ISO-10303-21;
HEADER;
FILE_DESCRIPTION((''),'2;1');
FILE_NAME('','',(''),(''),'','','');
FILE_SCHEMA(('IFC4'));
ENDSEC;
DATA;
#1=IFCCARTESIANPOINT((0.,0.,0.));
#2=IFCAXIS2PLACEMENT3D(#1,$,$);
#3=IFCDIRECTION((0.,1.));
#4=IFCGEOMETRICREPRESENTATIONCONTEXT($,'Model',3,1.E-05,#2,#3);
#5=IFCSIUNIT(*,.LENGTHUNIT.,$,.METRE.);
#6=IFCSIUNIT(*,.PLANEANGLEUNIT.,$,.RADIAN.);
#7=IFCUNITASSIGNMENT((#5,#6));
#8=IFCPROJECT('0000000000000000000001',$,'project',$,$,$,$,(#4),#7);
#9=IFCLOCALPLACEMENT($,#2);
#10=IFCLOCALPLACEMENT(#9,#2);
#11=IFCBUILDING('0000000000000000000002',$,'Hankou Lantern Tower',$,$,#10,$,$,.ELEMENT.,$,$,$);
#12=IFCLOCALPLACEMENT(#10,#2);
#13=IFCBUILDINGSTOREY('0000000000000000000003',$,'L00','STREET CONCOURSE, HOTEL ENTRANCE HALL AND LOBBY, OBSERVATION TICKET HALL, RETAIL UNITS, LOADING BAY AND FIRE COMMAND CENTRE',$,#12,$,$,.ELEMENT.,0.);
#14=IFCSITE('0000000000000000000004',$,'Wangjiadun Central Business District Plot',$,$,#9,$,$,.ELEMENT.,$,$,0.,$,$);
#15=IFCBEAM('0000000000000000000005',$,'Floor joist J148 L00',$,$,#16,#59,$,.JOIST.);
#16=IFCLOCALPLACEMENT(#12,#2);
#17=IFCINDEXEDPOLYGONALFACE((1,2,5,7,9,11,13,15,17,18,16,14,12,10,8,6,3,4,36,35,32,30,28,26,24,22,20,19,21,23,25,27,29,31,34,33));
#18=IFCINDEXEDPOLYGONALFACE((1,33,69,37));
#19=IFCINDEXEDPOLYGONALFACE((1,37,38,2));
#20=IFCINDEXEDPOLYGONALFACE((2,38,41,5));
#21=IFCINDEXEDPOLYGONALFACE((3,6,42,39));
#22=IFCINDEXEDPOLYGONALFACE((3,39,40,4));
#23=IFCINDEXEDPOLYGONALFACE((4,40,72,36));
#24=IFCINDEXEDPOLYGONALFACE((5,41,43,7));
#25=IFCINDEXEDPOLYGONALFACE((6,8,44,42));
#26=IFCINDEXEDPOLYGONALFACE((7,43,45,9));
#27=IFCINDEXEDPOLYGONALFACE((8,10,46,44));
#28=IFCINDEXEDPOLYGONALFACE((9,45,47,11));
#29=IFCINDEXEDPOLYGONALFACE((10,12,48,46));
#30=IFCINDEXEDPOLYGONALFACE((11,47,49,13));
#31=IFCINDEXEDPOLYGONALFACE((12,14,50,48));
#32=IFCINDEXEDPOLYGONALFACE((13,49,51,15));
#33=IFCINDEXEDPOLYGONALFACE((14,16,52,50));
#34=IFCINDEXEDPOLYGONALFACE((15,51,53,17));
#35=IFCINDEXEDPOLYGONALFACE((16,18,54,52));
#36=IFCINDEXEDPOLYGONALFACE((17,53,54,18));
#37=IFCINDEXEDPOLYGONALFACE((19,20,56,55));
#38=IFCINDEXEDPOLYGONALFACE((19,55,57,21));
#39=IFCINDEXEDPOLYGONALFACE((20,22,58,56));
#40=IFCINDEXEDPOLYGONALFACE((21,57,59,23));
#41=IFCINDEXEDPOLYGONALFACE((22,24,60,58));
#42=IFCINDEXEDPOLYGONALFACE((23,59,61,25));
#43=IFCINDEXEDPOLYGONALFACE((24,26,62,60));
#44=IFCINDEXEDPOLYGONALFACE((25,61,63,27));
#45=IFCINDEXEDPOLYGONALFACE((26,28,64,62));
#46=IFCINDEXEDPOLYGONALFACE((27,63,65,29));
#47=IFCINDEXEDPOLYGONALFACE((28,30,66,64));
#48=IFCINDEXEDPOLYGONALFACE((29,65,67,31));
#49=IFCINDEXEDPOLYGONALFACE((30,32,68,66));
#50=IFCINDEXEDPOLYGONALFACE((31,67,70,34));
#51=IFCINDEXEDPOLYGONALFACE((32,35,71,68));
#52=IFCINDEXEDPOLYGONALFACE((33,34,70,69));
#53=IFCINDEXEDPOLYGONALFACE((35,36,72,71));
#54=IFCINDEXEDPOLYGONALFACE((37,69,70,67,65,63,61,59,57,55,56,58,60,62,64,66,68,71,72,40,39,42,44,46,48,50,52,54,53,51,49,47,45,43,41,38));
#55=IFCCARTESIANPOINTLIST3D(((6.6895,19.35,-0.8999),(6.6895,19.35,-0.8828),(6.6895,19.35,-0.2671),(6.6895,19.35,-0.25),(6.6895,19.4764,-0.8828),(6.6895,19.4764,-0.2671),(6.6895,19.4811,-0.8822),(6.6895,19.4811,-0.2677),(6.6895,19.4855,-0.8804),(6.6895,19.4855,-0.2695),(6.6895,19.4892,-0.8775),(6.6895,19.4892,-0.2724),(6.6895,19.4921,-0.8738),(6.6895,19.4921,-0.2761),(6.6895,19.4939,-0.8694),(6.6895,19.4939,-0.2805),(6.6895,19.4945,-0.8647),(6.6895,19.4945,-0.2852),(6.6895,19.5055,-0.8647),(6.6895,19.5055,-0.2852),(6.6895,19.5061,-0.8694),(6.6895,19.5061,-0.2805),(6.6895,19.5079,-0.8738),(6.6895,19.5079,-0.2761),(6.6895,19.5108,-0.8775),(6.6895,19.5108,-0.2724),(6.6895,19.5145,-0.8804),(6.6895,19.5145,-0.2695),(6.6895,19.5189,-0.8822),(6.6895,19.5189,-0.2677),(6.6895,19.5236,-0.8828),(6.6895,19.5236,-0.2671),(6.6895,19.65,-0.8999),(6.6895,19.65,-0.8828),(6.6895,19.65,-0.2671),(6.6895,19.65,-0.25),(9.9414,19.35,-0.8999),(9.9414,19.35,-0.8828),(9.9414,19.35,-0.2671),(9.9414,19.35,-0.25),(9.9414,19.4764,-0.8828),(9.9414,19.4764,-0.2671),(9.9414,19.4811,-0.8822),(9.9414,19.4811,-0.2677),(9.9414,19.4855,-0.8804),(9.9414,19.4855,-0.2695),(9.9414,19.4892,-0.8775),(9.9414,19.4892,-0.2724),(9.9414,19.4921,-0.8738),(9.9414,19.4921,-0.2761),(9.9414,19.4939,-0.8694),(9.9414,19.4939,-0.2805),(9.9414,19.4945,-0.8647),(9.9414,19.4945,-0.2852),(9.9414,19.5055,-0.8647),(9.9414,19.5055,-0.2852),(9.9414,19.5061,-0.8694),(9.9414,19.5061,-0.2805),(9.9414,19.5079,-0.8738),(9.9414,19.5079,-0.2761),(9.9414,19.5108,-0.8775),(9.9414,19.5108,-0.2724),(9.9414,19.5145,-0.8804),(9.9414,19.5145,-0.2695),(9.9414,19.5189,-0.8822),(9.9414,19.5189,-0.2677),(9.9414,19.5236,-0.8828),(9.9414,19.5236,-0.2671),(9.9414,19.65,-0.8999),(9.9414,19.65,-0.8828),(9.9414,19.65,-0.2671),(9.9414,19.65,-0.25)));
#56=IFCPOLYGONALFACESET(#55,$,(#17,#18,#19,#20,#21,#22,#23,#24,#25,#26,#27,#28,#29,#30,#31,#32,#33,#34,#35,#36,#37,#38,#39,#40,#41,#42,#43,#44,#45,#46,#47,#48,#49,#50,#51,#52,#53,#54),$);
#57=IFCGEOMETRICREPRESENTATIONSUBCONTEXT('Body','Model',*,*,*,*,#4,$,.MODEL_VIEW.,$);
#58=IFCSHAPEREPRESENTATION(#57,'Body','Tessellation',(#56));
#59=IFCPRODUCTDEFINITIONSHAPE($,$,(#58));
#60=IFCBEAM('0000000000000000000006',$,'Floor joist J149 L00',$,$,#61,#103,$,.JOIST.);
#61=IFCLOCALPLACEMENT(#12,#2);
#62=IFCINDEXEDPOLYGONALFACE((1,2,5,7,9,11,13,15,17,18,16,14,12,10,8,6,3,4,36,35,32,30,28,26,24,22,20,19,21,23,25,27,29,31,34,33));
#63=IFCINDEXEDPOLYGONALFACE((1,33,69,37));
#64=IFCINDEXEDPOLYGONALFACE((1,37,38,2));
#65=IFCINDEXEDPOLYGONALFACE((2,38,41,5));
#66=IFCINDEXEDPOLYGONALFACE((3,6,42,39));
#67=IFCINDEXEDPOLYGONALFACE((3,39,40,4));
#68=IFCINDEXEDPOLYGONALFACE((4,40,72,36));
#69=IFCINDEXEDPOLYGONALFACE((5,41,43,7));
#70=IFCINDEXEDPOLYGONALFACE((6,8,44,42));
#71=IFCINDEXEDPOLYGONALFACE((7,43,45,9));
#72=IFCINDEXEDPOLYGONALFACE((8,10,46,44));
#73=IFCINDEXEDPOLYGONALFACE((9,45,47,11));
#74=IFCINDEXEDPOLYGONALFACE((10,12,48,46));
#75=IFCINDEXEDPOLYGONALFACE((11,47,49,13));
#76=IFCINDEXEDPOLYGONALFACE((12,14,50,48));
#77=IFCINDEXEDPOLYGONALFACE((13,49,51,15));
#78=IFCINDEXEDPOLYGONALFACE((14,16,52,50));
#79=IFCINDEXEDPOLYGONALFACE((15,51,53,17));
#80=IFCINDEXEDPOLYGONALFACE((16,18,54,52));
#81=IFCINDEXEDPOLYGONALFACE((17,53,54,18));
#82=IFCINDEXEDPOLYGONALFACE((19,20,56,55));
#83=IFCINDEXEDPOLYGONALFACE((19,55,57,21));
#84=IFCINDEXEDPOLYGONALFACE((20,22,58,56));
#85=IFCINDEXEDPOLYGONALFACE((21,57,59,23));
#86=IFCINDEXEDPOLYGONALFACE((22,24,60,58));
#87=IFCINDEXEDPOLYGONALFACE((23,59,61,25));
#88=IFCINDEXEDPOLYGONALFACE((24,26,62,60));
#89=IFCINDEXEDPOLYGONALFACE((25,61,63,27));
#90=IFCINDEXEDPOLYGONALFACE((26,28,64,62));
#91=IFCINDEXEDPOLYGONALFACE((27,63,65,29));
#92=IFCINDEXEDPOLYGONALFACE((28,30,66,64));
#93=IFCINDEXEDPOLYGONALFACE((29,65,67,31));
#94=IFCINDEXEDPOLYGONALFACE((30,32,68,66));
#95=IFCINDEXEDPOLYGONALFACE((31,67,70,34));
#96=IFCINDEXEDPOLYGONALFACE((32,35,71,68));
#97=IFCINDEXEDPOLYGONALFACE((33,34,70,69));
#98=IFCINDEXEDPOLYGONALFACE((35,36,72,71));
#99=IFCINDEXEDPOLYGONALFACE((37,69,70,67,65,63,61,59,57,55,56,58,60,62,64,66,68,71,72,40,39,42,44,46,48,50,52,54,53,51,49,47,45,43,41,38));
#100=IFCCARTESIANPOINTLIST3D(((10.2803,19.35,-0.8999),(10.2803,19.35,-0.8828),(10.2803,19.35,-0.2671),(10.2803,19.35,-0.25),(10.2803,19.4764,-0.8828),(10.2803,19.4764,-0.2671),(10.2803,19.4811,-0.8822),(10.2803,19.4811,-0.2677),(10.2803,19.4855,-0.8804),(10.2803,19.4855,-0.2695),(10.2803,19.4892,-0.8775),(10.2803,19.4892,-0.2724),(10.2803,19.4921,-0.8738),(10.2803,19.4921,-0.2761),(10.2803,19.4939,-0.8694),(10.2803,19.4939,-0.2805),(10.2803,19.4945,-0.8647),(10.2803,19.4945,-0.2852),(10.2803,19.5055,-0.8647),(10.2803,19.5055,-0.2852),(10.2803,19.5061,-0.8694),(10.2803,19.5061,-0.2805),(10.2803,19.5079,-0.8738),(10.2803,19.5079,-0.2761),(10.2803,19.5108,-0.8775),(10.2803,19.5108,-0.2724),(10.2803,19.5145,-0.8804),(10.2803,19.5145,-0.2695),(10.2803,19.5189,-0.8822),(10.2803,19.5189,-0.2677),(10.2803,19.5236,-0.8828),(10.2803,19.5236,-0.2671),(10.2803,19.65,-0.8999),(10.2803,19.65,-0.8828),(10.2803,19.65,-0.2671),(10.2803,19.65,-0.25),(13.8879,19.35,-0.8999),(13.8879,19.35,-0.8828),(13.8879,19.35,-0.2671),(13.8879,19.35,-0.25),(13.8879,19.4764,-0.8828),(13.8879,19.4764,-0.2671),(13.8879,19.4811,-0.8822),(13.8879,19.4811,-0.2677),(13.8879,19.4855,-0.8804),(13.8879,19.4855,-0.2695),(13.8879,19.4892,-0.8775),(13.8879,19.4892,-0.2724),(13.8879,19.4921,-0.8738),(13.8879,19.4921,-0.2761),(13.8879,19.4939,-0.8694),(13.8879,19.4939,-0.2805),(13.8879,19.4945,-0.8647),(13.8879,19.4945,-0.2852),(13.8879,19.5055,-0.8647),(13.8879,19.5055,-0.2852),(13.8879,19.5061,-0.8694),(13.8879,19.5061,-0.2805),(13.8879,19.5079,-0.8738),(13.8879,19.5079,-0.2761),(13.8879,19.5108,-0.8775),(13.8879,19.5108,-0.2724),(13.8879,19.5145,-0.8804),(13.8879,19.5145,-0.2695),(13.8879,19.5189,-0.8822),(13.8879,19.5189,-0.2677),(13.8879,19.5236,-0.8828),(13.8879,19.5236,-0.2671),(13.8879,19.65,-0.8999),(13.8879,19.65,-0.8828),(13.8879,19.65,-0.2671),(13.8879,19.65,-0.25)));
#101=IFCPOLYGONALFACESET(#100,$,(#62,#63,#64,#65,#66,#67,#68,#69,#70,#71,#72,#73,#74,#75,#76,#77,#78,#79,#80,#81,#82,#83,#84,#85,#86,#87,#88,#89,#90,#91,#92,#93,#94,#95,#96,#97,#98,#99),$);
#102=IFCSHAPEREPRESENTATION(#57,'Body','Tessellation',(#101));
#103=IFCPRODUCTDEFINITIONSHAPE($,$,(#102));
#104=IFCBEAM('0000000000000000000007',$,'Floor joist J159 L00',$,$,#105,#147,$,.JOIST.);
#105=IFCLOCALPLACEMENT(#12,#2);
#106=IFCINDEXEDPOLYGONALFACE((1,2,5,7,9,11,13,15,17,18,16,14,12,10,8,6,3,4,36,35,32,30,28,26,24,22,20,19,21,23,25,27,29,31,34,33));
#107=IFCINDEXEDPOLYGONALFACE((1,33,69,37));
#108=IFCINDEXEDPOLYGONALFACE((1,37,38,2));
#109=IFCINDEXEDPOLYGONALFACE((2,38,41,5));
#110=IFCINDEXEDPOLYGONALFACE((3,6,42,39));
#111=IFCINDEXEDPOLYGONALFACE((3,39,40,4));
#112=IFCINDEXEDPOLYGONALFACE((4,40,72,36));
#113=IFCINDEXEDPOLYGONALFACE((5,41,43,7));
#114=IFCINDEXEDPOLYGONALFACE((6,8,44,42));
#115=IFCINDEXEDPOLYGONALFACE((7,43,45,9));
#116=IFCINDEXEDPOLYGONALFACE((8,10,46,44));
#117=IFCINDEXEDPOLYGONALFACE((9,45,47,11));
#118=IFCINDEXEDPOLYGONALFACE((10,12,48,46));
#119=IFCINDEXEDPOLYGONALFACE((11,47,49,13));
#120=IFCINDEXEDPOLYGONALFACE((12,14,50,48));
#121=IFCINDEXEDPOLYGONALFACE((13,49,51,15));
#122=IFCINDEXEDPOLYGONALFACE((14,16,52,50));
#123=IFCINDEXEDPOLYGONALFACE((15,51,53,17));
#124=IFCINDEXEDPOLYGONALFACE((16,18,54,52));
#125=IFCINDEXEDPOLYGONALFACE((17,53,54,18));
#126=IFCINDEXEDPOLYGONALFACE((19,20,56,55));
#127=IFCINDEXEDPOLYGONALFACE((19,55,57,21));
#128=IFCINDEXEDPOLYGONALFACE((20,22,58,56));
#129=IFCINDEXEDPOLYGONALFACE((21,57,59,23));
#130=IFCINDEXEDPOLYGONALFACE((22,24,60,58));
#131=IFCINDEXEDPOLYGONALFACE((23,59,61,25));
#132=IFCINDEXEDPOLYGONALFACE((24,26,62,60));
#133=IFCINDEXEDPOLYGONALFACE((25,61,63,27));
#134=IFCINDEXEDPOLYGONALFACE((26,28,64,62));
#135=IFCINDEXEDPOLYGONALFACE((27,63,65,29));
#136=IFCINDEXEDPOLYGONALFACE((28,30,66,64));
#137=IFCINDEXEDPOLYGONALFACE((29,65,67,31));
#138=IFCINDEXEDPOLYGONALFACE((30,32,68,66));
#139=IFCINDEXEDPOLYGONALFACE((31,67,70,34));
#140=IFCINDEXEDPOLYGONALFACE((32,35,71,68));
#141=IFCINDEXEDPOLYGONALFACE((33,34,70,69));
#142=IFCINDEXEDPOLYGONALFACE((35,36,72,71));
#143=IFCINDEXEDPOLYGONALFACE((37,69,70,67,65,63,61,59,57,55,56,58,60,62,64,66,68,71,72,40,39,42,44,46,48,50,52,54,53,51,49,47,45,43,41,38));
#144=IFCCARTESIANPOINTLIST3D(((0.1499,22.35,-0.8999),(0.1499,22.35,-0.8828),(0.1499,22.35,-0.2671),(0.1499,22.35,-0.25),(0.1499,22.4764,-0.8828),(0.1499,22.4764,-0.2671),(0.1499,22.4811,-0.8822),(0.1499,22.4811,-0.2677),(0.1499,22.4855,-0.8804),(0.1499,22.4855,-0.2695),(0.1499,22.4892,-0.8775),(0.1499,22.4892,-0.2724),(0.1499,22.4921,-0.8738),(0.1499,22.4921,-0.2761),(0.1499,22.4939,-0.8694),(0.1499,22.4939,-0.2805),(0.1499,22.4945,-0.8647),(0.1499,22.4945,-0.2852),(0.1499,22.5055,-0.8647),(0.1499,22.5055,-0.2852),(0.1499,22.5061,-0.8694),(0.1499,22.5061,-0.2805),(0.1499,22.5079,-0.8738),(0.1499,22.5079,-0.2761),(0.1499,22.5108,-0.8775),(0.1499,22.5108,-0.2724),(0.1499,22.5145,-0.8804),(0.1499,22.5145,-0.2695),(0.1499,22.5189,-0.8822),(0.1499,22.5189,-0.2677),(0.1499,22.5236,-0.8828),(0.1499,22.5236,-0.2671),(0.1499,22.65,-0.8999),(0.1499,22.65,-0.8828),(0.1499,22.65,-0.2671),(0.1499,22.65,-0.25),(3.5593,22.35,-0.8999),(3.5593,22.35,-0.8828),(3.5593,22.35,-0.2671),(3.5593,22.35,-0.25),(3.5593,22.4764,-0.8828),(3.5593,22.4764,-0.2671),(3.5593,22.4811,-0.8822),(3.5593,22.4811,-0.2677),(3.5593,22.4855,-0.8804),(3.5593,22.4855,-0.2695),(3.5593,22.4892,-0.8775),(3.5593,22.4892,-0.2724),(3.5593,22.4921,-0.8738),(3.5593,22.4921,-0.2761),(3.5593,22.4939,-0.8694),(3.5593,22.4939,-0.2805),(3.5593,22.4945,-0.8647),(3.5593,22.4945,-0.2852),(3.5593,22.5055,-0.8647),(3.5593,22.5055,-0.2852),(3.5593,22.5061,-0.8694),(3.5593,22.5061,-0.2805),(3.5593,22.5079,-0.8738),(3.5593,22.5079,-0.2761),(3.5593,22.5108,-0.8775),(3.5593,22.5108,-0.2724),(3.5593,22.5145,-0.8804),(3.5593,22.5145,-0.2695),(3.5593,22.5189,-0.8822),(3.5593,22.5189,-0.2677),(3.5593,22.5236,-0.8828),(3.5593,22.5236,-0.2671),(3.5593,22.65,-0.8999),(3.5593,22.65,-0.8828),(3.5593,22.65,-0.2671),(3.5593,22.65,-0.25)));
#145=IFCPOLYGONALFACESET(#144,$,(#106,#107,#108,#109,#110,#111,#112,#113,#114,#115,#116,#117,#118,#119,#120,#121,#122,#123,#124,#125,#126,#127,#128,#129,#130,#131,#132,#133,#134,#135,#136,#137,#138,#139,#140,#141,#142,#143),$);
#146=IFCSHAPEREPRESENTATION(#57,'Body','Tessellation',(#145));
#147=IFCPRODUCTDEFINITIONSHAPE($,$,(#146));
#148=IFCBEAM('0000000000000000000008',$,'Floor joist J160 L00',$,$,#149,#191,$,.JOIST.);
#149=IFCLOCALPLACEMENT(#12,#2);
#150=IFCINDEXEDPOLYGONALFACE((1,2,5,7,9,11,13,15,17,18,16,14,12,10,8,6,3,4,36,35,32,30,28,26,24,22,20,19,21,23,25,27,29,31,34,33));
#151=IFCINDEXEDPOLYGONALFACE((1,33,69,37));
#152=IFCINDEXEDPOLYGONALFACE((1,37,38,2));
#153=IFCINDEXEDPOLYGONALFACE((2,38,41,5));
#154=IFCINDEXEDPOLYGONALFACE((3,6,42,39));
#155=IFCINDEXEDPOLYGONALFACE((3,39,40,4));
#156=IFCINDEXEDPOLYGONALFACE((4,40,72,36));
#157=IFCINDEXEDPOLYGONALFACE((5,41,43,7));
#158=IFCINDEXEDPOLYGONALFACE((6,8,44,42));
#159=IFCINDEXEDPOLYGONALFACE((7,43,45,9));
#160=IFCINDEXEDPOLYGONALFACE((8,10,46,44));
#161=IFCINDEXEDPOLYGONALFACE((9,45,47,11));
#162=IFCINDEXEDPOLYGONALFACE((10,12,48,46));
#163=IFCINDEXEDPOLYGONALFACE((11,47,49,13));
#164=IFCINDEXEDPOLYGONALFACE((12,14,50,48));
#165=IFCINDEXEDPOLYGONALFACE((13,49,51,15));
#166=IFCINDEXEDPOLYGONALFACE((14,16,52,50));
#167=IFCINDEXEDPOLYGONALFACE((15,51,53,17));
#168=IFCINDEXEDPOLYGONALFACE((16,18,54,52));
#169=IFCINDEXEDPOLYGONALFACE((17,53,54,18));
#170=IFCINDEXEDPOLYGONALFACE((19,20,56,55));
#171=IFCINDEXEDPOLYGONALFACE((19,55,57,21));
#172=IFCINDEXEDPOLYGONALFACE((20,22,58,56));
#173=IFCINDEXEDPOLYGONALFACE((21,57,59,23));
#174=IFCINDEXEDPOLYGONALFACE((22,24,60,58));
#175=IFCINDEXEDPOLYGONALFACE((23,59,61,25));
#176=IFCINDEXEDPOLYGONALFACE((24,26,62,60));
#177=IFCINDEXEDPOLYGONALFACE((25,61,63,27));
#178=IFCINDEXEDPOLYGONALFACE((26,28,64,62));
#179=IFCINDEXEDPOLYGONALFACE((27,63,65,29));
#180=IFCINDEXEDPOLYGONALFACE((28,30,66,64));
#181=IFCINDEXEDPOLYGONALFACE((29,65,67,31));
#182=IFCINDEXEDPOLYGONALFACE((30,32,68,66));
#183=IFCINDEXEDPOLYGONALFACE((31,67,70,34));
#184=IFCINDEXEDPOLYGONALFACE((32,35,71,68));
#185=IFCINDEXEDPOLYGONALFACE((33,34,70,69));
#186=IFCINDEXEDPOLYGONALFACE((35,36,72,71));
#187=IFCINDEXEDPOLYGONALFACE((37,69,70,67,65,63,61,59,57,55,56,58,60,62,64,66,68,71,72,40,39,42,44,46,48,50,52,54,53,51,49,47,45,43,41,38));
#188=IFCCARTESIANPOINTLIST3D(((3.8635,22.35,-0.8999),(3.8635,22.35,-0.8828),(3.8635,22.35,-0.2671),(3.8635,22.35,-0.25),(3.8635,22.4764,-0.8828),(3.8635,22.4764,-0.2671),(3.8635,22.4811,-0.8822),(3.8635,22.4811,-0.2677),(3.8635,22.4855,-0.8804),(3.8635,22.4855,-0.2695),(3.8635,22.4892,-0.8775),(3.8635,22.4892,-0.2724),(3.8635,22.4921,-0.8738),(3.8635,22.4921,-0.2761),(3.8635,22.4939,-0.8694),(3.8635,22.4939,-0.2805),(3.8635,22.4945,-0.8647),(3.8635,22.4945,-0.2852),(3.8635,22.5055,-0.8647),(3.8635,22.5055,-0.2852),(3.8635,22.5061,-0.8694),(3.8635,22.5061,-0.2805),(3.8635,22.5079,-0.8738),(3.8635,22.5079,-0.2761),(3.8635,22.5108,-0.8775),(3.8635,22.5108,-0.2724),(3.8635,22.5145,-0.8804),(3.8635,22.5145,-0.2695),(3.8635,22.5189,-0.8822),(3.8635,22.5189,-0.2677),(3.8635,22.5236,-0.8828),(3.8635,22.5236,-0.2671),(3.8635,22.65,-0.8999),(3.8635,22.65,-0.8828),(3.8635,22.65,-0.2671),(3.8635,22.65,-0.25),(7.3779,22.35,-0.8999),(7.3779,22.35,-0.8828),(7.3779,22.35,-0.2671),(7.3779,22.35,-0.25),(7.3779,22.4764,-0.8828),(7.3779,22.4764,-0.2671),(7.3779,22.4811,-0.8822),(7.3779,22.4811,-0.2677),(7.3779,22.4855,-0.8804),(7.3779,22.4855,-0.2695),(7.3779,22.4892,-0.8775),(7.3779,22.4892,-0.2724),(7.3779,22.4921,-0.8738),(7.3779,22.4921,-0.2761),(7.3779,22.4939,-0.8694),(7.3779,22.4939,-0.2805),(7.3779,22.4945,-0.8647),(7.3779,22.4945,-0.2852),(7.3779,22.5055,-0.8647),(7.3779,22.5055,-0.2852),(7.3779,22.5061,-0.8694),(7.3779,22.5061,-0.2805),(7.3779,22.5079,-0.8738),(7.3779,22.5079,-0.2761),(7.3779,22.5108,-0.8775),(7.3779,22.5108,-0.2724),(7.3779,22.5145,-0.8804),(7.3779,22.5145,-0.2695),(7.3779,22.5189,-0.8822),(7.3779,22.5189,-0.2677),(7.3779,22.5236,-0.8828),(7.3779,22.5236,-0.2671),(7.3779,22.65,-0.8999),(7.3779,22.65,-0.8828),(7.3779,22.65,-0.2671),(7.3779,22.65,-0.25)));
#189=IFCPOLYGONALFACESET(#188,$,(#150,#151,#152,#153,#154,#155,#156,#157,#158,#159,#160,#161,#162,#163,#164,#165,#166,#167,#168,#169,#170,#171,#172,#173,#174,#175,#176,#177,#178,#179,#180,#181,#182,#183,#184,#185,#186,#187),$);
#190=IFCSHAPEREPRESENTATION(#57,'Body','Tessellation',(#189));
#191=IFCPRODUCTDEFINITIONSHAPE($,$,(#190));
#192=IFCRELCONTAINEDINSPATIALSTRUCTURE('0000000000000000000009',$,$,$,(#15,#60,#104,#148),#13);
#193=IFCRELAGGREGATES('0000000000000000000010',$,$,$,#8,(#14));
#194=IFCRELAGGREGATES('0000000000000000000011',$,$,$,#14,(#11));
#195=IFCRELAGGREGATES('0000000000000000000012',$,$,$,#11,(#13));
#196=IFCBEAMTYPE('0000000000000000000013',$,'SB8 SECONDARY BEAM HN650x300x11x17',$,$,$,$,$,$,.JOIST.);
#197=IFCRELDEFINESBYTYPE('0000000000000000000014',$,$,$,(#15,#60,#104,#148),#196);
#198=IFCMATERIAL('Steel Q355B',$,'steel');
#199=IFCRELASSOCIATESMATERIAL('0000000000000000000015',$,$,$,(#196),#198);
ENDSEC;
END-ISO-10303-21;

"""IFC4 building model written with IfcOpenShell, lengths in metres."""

from ifc_helpers import new_model, si_unit, direction, frame, origin, origin_2d, place, context, subcontext, project, spatial, i_section, extrude, material, material_profile, profile_set, type_object, element, save


model = new_model("IFC4")

# Units and contexts
model_context = context("Model", 3, precision=1e-05, world=origin(), true_north=direction((0.0, 1.0)))
body_context = subcontext(model_context, "Body", "Model", "MODEL_VIEW")
ifc_project = project(units=[si_unit("LENGTHUNIT", "METRE"), si_unit("PLANEANGLEUNIT", "RADIAN")], contexts=[model_context])

# Site, building, storey
site_placement = place(None, origin())
site = spatial("IfcSite", under=ifc_project, at=site_placement, Name="Wangjiadun Central Business District Plot", CompositionType="ELEMENT", RefElevation=0.0)
building_placement = place(site_placement, origin())
building = spatial("IfcBuilding", under=site, at=building_placement, Name="Hankou Lantern Tower", CompositionType="ELEMENT")
storey_placement = place(building_placement, origin())
storey = spatial("IfcBuildingStorey", under=building, at=storey_placement, Name="L00", Description="STREET CONCOURSE, HOTEL ENTRANCE HALL AND LOBBY, OBSERVATION TICKET HALL, RETAIL UNITS, LOADING BAY AND FIRE COMMAND CENTRE", CompositionType="ELEMENT", Elevation=0.0)

# Beams
ifc_material_1 = material(Name="Steel Q355B", Category="steel")
ifc_material_profile_1 = material_profile(ifc_material_1, i_section(OverallWidth=0.3, OverallDepth=0.6499, WebThickness=0.011, FlangeThickness=0.0171, FilletRadius=0.0181, at=origin_2d()), Name="HN650x300x11x17")
ifc_profile_set_1 = profile_set([ifc_material_profile_1], Name="Steel Q355B")
beam_type_1 = type_object("IfcBeamType", Name="SB8 SECONDARY BEAM HN650x300x11x17", PredefinedType="JOIST", material=ifc_profile_set_1)
beam_1_placement = place(storey_placement, frame((6.6895, 19.5, -0.575), z_axis=(1.0, 0.0, 0.0), x_axis=(0.0, 1.0, 0.0)))
element("IfcBeam", 1, at=beam_1_placement, inside=storey, type_object=beam_type_1, Name="Floor joist J148 L00", PredefinedType="JOIST", context=body_context, shape_type="SweptSolid", body=[
    extrude(i_section(OverallWidth=0.3, OverallDepth=0.6499, WebThickness=0.011, FlangeThickness=0.0171, FilletRadius=0.0181, at=origin_2d()), origin(), (0.0, 0.0, 1.0), 3.252),
])
beam_2_placement = place(storey_placement, frame((10.2803, 19.5, -0.575), z_axis=(1.0, 0.0, 0.0), x_axis=(0.0, 1.0, 0.0)))
element("IfcBeam", 2, at=beam_2_placement, inside=storey, type_object=beam_type_1, Name="Floor joist J149 L00", PredefinedType="JOIST", context=body_context, shape_type="SweptSolid", body=[
    extrude(i_section(OverallWidth=0.3, OverallDepth=0.6499, WebThickness=0.011, FlangeThickness=0.0171, FilletRadius=0.0181, at=origin_2d()), origin(), (0.0, 0.0, 1.0), 3.6077),
])
beam_3_placement = place(storey_placement, frame((0.1499, 22.5, -0.575), z_axis=(1.0, 0.0, 0.0), x_axis=(0.0, 1.0, 0.0)))
element("IfcBeam", 3, at=beam_3_placement, inside=storey, type_object=beam_type_1, Name="Floor joist J159 L00", PredefinedType="JOIST", context=body_context, shape_type="SweptSolid", body=[
    extrude(i_section(OverallWidth=0.3, OverallDepth=0.6499, WebThickness=0.011, FlangeThickness=0.0171, FilletRadius=0.0181, at=origin_2d()), origin(), (0.0, 0.0, 1.0), 3.4094),
])
beam_4_placement = place(storey_placement, frame((3.8635, 22.5, -0.575), z_axis=(1.0, 0.0, 0.0), x_axis=(0.0, 1.0, 0.0)))
element("IfcBeam", 4, at=beam_4_placement, inside=storey, type_object=beam_type_1, Name="Floor joist J160 L00", PredefinedType="JOIST", context=body_context, shape_type="SweptSolid", body=[
    extrude(i_section(OverallWidth=0.3, OverallDepth=0.6499, WebThickness=0.011, FlangeThickness=0.0171, FilletRadius=0.0181, at=origin_2d()), origin(), (0.0, 0.0, 1.0), 3.5144),
])

save(model, "model.ifc")
